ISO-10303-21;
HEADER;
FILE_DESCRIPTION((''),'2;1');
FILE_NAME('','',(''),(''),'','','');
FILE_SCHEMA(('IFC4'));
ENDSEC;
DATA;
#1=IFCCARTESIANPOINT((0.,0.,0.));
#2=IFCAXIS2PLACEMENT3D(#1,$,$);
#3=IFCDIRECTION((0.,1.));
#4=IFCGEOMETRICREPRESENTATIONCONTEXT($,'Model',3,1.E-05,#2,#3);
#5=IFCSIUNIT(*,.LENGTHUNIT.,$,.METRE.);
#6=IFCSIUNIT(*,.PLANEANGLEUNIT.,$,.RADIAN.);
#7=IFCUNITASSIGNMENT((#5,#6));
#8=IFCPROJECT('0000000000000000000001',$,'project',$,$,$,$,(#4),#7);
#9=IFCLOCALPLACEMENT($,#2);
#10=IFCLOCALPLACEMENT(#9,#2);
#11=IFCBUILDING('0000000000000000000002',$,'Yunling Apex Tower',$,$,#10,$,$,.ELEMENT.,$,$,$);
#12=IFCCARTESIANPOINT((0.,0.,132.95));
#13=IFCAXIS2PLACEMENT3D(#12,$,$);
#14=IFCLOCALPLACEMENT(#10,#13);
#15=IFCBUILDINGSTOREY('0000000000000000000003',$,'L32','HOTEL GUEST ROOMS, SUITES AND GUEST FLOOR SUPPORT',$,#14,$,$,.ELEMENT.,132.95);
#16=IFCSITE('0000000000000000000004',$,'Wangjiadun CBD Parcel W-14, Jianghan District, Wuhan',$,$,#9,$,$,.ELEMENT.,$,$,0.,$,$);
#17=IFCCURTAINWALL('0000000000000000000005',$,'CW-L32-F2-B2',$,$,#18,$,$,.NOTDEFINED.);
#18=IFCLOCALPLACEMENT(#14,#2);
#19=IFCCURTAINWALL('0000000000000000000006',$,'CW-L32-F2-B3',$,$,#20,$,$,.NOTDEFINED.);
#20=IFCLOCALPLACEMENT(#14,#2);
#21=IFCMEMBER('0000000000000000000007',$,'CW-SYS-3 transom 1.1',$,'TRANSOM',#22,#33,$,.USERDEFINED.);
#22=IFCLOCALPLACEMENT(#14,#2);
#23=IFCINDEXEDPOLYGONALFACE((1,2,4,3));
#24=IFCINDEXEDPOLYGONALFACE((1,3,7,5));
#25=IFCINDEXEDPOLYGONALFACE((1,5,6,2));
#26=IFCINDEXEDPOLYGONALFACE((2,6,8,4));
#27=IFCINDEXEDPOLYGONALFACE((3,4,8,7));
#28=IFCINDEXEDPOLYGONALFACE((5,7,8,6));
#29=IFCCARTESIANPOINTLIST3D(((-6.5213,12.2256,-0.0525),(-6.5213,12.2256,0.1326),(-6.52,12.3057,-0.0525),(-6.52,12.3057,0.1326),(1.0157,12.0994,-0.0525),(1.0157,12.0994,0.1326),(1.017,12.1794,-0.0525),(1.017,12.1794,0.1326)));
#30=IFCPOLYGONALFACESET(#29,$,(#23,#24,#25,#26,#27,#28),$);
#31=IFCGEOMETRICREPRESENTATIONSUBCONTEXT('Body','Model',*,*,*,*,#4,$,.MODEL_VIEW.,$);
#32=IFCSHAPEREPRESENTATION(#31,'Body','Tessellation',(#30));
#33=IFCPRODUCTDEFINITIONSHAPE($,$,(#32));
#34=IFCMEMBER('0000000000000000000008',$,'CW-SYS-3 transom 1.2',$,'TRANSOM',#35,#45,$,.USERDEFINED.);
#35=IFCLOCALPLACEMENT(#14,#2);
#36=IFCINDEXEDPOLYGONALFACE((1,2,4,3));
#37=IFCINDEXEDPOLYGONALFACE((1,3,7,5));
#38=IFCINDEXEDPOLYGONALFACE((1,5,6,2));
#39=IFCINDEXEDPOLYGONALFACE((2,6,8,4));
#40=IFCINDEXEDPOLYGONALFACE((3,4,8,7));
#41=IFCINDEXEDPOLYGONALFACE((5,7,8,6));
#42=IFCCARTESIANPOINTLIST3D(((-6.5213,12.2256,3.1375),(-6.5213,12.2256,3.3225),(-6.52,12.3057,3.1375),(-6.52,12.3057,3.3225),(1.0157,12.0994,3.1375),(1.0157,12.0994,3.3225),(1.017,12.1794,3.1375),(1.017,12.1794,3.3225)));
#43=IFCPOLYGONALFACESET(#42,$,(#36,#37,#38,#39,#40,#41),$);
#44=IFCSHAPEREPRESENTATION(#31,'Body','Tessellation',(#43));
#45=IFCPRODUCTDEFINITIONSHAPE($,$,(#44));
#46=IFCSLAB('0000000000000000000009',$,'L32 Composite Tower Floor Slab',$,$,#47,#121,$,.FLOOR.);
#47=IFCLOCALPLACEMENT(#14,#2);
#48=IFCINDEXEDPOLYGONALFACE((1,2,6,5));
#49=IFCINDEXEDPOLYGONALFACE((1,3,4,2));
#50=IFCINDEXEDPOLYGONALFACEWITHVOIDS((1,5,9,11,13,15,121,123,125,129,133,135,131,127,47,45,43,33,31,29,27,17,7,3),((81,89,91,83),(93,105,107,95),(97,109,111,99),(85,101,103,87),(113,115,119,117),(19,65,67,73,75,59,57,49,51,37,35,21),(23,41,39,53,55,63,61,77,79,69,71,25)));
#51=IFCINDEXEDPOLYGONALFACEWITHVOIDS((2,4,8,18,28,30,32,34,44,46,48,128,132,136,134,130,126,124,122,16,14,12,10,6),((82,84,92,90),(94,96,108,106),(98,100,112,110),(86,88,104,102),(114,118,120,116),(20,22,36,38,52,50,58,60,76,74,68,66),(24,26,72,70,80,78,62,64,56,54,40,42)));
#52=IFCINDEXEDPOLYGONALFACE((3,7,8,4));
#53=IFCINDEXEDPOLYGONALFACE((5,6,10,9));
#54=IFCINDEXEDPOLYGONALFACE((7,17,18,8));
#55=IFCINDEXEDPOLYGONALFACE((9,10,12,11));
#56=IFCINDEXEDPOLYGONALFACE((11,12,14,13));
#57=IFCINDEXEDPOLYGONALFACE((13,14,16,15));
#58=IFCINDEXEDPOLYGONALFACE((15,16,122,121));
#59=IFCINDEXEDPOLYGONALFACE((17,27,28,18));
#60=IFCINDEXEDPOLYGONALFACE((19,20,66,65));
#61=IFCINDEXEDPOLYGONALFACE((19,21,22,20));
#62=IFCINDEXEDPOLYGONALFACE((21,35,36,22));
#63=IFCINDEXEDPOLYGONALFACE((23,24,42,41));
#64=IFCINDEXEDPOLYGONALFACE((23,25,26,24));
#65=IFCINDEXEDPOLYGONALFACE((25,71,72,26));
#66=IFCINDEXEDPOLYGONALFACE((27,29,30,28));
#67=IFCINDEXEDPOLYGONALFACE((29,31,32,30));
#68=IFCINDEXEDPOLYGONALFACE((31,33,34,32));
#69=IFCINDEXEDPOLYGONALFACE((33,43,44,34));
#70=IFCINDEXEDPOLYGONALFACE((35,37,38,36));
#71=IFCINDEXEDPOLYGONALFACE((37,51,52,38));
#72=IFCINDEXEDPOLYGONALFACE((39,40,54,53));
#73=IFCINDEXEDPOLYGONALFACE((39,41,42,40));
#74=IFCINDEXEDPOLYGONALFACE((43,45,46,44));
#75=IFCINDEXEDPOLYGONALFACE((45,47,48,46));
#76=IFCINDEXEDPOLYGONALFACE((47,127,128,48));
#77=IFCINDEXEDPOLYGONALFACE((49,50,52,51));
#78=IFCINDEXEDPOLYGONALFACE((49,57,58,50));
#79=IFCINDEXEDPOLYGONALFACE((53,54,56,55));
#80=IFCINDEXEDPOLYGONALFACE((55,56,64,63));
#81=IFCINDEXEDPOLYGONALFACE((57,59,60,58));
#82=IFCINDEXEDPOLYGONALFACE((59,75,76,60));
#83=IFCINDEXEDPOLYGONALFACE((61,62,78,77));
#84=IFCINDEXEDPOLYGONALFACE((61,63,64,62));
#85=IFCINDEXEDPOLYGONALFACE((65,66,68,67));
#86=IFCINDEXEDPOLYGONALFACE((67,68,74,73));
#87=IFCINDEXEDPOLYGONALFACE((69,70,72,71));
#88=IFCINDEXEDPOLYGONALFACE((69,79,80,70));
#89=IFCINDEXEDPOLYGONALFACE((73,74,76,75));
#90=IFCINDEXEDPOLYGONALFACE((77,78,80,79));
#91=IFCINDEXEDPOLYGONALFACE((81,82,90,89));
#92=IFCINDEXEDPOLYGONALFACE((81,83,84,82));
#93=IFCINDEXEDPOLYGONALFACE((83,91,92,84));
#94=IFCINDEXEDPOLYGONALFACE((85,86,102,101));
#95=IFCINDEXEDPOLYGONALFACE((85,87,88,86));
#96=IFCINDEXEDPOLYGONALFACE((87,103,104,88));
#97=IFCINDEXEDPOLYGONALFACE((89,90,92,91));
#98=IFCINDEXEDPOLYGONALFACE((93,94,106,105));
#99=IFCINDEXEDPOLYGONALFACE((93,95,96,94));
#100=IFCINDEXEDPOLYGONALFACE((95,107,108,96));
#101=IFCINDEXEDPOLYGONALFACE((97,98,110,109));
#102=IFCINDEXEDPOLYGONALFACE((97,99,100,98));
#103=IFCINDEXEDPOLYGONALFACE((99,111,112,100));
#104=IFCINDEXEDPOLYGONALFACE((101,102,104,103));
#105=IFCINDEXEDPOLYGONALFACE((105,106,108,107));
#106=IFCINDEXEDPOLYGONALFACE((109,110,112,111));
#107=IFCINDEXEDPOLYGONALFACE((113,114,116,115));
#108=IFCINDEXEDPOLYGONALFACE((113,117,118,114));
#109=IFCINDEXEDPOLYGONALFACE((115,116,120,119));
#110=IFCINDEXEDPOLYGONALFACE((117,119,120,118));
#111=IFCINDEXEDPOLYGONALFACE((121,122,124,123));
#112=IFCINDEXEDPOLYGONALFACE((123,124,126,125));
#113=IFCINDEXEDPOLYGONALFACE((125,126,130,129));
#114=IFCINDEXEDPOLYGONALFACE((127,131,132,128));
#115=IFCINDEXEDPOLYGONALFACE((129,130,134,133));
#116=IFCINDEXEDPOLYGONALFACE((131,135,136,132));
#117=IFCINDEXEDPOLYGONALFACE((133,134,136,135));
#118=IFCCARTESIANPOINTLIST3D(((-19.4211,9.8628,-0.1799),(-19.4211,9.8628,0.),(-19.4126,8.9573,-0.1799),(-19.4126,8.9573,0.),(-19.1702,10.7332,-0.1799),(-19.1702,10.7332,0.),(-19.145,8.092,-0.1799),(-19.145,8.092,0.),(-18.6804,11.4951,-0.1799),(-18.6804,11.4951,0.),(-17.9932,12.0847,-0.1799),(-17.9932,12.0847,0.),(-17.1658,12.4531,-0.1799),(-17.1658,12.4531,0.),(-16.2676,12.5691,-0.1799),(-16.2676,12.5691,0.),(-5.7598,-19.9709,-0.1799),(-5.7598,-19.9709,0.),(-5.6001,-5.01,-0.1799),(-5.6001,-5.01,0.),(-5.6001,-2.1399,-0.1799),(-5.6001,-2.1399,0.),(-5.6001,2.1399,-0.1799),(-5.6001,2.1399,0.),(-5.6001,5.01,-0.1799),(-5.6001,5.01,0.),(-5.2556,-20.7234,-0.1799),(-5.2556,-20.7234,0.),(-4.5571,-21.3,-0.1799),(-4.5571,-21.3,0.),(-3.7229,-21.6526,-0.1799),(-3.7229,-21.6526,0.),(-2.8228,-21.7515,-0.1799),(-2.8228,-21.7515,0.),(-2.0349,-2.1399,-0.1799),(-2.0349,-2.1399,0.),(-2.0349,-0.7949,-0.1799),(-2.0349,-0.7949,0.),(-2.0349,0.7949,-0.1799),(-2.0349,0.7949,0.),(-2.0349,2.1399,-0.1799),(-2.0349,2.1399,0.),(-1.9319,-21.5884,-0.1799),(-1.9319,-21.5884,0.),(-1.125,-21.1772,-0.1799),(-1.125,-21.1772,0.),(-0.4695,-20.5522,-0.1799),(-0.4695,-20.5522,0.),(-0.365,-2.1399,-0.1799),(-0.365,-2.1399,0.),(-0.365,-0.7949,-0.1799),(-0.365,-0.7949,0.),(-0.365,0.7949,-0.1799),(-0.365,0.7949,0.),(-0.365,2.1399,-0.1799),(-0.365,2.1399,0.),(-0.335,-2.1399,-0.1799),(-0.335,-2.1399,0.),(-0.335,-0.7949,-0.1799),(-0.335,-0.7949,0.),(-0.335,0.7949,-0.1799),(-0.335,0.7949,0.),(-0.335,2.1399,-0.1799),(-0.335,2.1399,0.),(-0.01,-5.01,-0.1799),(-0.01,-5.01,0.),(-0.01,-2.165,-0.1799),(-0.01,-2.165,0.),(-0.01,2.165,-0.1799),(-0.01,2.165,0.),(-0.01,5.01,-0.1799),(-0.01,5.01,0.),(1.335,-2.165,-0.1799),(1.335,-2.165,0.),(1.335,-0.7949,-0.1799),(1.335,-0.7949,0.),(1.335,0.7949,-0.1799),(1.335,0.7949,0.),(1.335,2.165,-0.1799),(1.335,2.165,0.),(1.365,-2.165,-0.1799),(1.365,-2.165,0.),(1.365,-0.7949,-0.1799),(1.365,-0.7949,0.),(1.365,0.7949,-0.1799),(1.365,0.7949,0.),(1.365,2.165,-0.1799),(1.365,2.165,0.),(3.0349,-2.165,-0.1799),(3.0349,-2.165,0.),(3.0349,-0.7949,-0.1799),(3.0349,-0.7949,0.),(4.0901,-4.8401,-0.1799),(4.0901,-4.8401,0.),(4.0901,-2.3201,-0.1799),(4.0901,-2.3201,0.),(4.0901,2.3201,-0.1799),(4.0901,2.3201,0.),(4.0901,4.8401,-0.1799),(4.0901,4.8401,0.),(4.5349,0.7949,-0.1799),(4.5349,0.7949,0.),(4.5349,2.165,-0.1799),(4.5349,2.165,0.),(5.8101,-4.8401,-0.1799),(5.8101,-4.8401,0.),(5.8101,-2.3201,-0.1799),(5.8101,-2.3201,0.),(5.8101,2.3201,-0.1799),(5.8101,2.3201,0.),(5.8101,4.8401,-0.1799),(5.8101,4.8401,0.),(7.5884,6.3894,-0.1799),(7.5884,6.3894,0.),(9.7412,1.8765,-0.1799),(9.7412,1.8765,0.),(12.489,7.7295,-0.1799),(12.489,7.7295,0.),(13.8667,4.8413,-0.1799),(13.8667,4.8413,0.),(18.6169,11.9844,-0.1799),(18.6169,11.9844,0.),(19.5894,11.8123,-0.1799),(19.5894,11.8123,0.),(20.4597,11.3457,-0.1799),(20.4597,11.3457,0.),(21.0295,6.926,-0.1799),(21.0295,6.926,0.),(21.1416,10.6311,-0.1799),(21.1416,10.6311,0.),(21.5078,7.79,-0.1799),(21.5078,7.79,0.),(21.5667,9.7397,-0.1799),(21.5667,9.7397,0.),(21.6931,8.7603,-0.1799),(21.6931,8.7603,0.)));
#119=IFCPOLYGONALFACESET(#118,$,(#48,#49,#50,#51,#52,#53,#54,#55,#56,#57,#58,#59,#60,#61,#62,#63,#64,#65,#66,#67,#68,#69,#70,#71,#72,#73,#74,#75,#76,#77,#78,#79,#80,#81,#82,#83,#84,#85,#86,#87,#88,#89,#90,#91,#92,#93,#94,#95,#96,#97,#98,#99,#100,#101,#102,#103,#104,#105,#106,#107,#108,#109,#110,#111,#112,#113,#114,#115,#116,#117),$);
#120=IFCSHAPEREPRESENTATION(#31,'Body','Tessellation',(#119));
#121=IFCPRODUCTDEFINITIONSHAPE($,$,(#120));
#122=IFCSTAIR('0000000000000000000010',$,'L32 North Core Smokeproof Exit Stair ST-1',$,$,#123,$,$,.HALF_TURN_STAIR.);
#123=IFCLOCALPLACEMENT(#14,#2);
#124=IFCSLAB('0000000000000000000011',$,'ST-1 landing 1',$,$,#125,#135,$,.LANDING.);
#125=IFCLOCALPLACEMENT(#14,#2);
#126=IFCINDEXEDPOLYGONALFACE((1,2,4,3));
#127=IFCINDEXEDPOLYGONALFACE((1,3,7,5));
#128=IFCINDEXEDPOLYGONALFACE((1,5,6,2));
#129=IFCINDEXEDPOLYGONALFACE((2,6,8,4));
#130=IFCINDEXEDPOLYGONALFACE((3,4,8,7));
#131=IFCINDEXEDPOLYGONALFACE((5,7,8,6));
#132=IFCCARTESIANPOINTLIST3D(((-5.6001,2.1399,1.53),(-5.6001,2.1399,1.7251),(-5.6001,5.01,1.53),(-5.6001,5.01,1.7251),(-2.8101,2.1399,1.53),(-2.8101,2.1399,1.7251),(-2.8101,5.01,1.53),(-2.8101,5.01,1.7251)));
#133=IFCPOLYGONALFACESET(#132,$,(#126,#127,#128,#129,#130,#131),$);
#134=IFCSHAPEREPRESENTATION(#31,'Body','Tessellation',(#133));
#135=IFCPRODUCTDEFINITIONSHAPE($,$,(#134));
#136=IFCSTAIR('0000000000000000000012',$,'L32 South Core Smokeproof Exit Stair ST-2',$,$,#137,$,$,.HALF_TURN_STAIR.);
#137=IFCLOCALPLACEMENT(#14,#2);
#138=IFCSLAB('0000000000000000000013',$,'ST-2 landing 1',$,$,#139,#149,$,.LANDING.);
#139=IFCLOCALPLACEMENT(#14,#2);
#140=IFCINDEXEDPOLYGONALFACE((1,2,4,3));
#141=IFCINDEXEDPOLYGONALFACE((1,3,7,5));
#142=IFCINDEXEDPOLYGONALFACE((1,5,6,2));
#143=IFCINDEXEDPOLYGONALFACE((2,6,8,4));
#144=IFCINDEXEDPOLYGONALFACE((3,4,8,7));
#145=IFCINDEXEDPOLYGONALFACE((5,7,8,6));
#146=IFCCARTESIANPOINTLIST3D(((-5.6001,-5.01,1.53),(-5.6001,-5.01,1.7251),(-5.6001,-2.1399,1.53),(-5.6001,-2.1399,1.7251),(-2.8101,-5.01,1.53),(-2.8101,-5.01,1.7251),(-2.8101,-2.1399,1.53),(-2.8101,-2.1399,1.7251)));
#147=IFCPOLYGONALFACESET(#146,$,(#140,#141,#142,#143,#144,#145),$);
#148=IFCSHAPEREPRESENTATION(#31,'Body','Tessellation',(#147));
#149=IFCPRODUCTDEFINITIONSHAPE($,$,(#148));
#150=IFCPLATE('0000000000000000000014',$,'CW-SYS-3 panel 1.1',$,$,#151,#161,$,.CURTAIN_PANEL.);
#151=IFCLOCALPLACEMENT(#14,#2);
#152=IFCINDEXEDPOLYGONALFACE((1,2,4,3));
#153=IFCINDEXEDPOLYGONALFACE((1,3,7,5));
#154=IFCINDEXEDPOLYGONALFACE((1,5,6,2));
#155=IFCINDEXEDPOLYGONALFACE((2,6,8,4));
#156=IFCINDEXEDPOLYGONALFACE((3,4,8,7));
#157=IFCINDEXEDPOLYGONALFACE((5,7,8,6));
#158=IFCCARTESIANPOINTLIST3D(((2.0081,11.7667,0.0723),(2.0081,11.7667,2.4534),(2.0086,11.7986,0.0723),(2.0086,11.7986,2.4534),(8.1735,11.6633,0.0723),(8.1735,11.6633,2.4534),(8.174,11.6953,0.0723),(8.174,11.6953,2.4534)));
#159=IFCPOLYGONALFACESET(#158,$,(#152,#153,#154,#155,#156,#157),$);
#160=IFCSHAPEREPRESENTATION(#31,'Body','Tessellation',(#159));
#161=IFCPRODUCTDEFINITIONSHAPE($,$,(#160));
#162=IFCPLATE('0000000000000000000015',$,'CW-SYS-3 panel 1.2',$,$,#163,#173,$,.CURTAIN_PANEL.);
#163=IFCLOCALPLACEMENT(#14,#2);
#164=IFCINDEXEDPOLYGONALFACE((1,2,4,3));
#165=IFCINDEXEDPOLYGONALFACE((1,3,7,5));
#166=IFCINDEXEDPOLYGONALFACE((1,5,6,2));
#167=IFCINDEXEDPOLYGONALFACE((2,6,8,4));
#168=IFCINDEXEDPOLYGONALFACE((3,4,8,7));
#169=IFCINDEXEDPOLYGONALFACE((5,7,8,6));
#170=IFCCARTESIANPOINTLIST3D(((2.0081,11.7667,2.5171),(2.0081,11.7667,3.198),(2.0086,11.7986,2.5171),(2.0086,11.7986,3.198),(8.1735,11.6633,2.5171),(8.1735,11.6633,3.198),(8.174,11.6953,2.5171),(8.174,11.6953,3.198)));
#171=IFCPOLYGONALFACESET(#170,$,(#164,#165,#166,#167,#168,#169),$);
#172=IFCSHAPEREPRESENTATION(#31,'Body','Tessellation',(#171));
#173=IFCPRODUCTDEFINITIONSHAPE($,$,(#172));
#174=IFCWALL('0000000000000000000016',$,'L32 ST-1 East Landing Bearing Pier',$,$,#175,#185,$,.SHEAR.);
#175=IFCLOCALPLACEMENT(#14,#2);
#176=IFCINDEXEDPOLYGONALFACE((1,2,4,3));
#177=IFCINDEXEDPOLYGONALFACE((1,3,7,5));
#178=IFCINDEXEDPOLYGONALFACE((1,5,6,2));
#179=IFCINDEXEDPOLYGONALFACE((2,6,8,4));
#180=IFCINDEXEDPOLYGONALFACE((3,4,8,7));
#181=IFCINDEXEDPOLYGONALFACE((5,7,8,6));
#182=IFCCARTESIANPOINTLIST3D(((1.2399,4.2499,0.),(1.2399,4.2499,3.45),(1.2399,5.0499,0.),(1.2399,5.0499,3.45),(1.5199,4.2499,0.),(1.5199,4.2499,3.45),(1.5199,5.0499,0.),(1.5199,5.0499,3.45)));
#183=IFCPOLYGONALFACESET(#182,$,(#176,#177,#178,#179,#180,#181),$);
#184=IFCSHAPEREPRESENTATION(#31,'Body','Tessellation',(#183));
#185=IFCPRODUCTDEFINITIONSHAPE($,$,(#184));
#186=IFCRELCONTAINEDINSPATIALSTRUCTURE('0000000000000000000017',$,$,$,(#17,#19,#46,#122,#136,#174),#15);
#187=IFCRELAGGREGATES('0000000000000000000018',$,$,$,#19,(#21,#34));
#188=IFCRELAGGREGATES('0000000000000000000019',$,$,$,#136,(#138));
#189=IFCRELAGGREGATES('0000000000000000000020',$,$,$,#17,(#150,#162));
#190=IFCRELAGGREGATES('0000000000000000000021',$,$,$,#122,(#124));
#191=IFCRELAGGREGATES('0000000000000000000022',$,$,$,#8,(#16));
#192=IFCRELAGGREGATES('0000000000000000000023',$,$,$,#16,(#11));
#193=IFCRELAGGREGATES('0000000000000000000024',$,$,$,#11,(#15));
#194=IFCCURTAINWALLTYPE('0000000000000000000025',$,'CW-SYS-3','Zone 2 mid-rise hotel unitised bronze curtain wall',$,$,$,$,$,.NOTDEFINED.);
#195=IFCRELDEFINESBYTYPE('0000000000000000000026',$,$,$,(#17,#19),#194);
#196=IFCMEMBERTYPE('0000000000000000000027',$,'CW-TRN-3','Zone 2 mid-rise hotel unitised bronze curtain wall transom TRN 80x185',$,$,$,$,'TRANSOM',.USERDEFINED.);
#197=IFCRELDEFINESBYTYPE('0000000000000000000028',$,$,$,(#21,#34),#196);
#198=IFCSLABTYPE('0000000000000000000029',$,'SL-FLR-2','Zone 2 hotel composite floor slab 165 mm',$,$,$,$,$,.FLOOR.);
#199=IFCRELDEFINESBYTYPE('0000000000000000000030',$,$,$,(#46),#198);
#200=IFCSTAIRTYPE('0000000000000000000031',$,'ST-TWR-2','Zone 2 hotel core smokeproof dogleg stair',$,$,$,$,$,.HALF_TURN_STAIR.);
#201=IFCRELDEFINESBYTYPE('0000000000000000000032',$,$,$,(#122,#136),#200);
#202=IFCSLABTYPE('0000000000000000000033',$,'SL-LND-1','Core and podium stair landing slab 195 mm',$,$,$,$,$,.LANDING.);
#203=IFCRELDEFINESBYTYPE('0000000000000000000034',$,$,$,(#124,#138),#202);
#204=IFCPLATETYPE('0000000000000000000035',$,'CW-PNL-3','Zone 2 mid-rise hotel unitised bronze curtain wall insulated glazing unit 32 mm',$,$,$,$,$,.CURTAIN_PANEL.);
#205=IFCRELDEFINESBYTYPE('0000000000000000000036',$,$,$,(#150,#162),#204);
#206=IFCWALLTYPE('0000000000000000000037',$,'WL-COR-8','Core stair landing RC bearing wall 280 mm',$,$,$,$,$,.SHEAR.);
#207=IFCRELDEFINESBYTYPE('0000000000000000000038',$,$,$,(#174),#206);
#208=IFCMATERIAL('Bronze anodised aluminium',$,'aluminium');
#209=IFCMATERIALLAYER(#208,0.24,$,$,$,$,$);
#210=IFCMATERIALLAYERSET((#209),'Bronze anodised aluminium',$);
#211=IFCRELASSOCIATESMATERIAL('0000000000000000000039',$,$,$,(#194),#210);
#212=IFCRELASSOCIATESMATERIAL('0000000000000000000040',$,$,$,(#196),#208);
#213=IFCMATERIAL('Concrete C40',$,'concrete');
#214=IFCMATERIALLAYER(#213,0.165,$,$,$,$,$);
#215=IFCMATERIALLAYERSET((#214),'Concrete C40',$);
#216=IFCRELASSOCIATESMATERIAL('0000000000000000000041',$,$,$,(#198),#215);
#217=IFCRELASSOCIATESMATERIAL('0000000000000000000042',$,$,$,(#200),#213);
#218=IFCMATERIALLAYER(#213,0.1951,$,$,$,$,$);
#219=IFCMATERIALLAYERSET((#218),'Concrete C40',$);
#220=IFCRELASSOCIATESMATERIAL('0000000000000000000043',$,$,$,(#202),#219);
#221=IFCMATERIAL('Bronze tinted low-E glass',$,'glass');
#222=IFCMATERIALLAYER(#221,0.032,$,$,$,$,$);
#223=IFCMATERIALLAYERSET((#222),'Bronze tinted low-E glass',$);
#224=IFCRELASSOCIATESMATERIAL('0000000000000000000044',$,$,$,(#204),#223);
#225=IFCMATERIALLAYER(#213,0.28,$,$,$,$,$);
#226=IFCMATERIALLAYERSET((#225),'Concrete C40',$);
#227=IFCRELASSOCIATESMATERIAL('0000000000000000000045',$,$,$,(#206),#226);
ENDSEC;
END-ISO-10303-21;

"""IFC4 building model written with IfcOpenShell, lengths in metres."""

from ifc_helpers import new_model, si_unit, direction, frame, frame_2d, origin, origin_2d, place, context, subcontext, project, spatial, polyline, rectangle, outline, extrude, source, transform, mapped, material, layer, layer_set, material_profile, profile_set, type_object, element, aggregate, save


model = new_model("IFC4")

# Units and contexts
model_context = context("Model", 3, precision=1e-05, world=origin(), true_north=direction((0.0, 1.0)))
body_context = subcontext(model_context, "Body", "Model", "MODEL_VIEW")
ifc_project = project(units=[si_unit("LENGTHUNIT", "METRE"), si_unit("PLANEANGLEUNIT", "RADIAN")], contexts=[model_context])

# Site, building, storey
site_placement = place(None, origin())
site = spatial("IfcSite", under=ifc_project, at=site_placement, Name="Wangjiadun CBD Parcel W-14, Jianghan District, Wuhan", CompositionType="ELEMENT", RefElevation=0.0)
building_placement = place(site_placement, origin())
building = spatial("IfcBuilding", under=site, at=building_placement, Name="Yunling Apex Tower", CompositionType="ELEMENT")
storey_placement = place(building_placement, frame((0.0, 0.0, 132.95)))
storey = spatial("IfcBuildingStorey", under=building, at=storey_placement, Name="L32", Description="HOTEL GUEST ROOMS, SUITES AND GUEST FLOOR SUPPORT", CompositionType="ELEMENT", Elevation=132.95)

# Curtain wall
ifc_material_1 = material(Name="Bronze anodised aluminium", Category="aluminium")
ifc_layer_1 = layer(ifc_material_1, 0.24)
ifc_layer_set_1 = layer_set([ifc_layer_1], Name="Bronze anodised aluminium")
curtain_wall_type = type_object("IfcCurtainWallType", Name="CW-SYS-3", Description="Zone 2 mid-rise hotel unitised bronze curtain wall", PredefinedType="NOTDEFINED", material=ifc_layer_set_1)
curtain_wall_1_placement = place(storey_placement, origin())
curtain_wall_1 = element("IfcCurtainWall", 1, at=curtain_wall_1_placement, inside=storey, type_object=curtain_wall_type, Name="CW-L32-F2-B2", PredefinedType="NOTDEFINED")

# Curtain wall, members
curtain_wall_2_placement = place(storey_placement, origin())
curtain_wall_2 = element("IfcCurtainWall", 2, at=curtain_wall_2_placement, inside=storey, type_object=curtain_wall_type, Name="CW-L32-F2-B3", PredefinedType="NOTDEFINED")
ifc_material_profile_1 = material_profile(ifc_material_1, rectangle(XDim=0.0801, YDim=0.1851, at=origin_2d()))
ifc_profile_set_1 = profile_set([ifc_material_profile_1], Name="Bronze anodised aluminium")
member_type_1 = type_object("IfcMemberType", Name="CW-TRN-3", Description="Zone 2 mid-rise hotel unitised bronze curtain wall transom TRN 80x185", ElementType="TRANSOM", PredefinedType="USERDEFINED", material=ifc_profile_set_1)
shared_shape_1 = source(origin(), body_context, "Body", "SweptSolid", [
    extrude(rectangle(XDim=0.0801, YDim=0.1851, at=origin_2d()), origin(), (0.0, 0.0, 1.0), 7.5381),
])
member_1_placement = place(storey_placement, frame((1.0164, 12.1394, 0.04), z_axis=(-0.99986, 0.016744, 0.0), x_axis=(-0.016744, -0.99986, 0.0)))
member_1 = element("IfcMember", 3, at=member_1_placement, type_object=member_type_1, Name="CW-SYS-3 transom 1.1", ObjectType="TRANSOM", PredefinedType="USERDEFINED", context=body_context, shape_type="MappedRepresentation", body=[
    mapped(shared_shape_1, transform((0.0, 0.0, 0.0), scale=1.0)),
])
member_2_placement = place(storey_placement, frame((1.0164, 12.1394, 3.23), z_axis=(-0.99986, 0.016744, 0.0), x_axis=(-0.016744, -0.99986, 0.0)))
member_2 = element("IfcMember", 4, at=member_2_placement, type_object=member_type_1, Name="CW-SYS-3 transom 1.2", ObjectType="TRANSOM", PredefinedType="USERDEFINED", context=body_context, shape_type="MappedRepresentation", body=[
    mapped(shared_shape_1, transform((0.0, 0.0, 0.0), scale=1.0)),
])
aggregate(curtain_wall_2, [member_1, member_2])

# Slab
ifc_material_2 = material(Name="Concrete C40", Category="concrete")
ifc_layer_2 = layer(ifc_material_2, 0.165)
ifc_layer_set_2 = layer_set([ifc_layer_2], Name="Concrete C40")
slab_type_1 = type_object("IfcSlabType", Name="SL-FLR-2", Description="Zone 2 hotel composite floor slab 165 mm", PredefinedType="FLOOR", material=ifc_layer_set_2)
slab_1_placement = place(storey_placement, frame((0.0, 0.0, -0.1799)))
element("IfcSlab", 5, at=slab_1_placement, inside=storey, type_object=slab_type_1, Name="L32 Composite Tower Floor Slab", PredefinedType="FLOOR", context=body_context, shape_type="SweptSolid", body=[
    extrude(outline(polyline([(-5.7598, -19.9709), (-5.2556, -20.7234), (-4.5571, -21.3), (-3.7229, -21.6526), (-2.8228, -21.7515), (-1.9319, -21.5884), (-1.125, -21.1772), (-0.4695, -20.5522), (21.0295, 6.926), (21.5078, 7.79), (21.6931, 8.7603), (21.5667, 9.7397), (21.1416, 10.6311), (20.4597, 11.3457), (19.5894, 11.8123), (18.6169, 11.9844), (-16.2676, 12.5691), (-17.1658, 12.4531), (-17.9932, 12.0847), (-18.6804, 11.4951), (-19.1702, 10.7332), (-19.4211, 9.8628), (-19.4126, 8.9573), (-19.145, 8.092), (-5.7598, -19.9709)]), holes=[polyline([(12.489, 7.7295), (13.8667, 4.8413), (9.7412, 1.8765), (7.5884, 6.3894), (12.489, 7.7295)]), polyline([(4.0901, -2.3201), (5.8101, -2.3201), (5.8101, -4.8401), (4.0901, -4.8401), (4.0901, -2.3201)]), polyline([(5.8101, 4.8401), (5.8101, 2.3201), (4.0901, 2.3201), (4.0901, 4.8401), (5.8101, 4.8401)]), polyline([(1.365, 2.165), (4.5349, 2.165), (4.5349, 0.7949), (1.365, 0.7949), (1.365, 2.165)]), polyline([(3.0349, -0.7949), (3.0349, -2.165), (1.365, -2.165), (1.365, -0.7949), (3.0349, -0.7949)]), polyline([(-2.0349, -0.7949), (-0.365, -0.7949), (-0.365, -2.1399), (-0.335, -2.1399), (-0.335, -0.7949), (1.335, -0.7949), (1.335, -2.165), (-0.01, -2.165), (-0.01, -5.01), (-5.6001, -5.01), (-5.6001, -2.1399), (-2.0349, -2.1399), (-2.0349, -0.7949)]), polyline([(-5.6001, 2.1399), (-5.6001, 5.01), (-0.01, 5.01), (-0.01, 2.165), (1.335, 2.165), (1.335, 0.7949), (-0.335, 0.7949), (-0.335, 2.1399), (-0.365, 2.1399), (-0.365, 0.7949), (-2.0349, 0.7949), (-2.0349, 2.1399), (-5.6001, 2.1399)])]), origin(), (0.0, 0.0, 1.0), 0.1799),
])

# Stairs, slabs
stair_type = type_object("IfcStairType", Name="ST-TWR-2", Description="Zone 2 hotel core smokeproof dogleg stair", PredefinedType="HALF_TURN_STAIR", material=ifc_material_2)
stair_1_placement = place(storey_placement, origin())
stair_1 = element("IfcStair", 6, at=stair_1_placement, inside=storey, type_object=stair_type, Name="L32 North Core Smokeproof Exit Stair ST-1", PredefinedType="HALF_TURN_STAIR")
ifc_layer_3 = layer(ifc_material_2, 0.1951)
ifc_layer_set_3 = layer_set([ifc_layer_3], Name="Concrete C40")
slab_type_2 = type_object("IfcSlabType", Name="SL-LND-1", Description="Core and podium stair landing slab 195 mm", PredefinedType="LANDING", material=ifc_layer_set_3)
slab_2_placement = place(storey_placement, frame((0.0, 0.0, 1.53)))
slab_2 = element("IfcSlab", 7, at=slab_2_placement, type_object=slab_type_2, Name="ST-1 landing 1", PredefinedType="LANDING", context=body_context, shape_type="SweptSolid", body=[
    extrude(outline(polyline([(-2.8101, 5.01), (-5.6001, 5.01), (-5.6001, 2.1399), (-2.8101, 2.1399), (-2.8101, 5.01)])), origin(), (0.0, 0.0, 1.0), 0.1951),
])
stair_2_placement = place(storey_placement, origin())
stair_2 = element("IfcStair", 8, at=stair_2_placement, inside=storey, type_object=stair_type, Name="L32 South Core Smokeproof Exit Stair ST-2", PredefinedType="HALF_TURN_STAIR")
slab_3_placement = place(storey_placement, frame((0.0, 0.0, 1.53)))
slab_3 = element("IfcSlab", 9, at=slab_3_placement, type_object=slab_type_2, Name="ST-2 landing 1", PredefinedType="LANDING", context=body_context, shape_type="SweptSolid", body=[
    extrude(outline(polyline([(-2.8101, -2.1399), (-5.6001, -2.1399), (-5.6001, -5.01), (-2.8101, -5.01), (-2.8101, -2.1399)])), origin(), (0.0, 0.0, 1.0), 0.1951),
])
aggregate(stair_2, [slab_3])

# Plates
ifc_material_3 = material(Name="Bronze tinted low-E glass", Category="glass")
ifc_layer_4 = layer(ifc_material_3, 0.032)
ifc_layer_set_4 = layer_set([ifc_layer_4], Name="Bronze tinted low-E glass")
plate_type = type_object("IfcPlateType", Name="CW-PNL-3", Description="Zone 2 mid-rise hotel unitised bronze curtain wall insulated glazing unit 32 mm", PredefinedType="CURTAIN_PANEL", material=ifc_layer_set_4)
shared_shape_2 = source(origin(), body_context, "Body", "SweptSolid", [
    extrude(rectangle(XDim=6.1663, YDim=0.032, at=origin_2d()), origin(), (0.0, 0.0, 1.0), 2.3811),
])
plate_1_placement = place(storey_placement, frame((5.0911, 11.731, 0.0723), z_axis=(0.0, 0.0, 1.0), x_axis=(-0.999859, 0.016767, 0.0)))
plate_1 = element("IfcPlate", 10, at=plate_1_placement, type_object=plate_type, Name="CW-SYS-3 panel 1.1", PredefinedType="CURTAIN_PANEL", context=body_context, shape_type="MappedRepresentation", body=[
    mapped(shared_shape_2, transform((0.0, 0.0, 0.0), scale=1.0)),
])
shared_shape_3 = source(origin(), body_context, "Body", "SweptSolid", [
    extrude(rectangle(XDim=6.1663, YDim=0.032, at=origin_2d()), origin(), (0.0, 0.0, 1.0), 0.6809),
])
plate_2_placement = place(storey_placement, frame((5.0911, 11.731, 2.5171), z_axis=(0.0, 0.0, 1.0), x_axis=(-0.999859, 0.016767, 0.0)))
plate_2 = element("IfcPlate", 11, at=plate_2_placement, type_object=plate_type, Name="CW-SYS-3 panel 1.2", PredefinedType="CURTAIN_PANEL", context=body_context, shape_type="MappedRepresentation", body=[
    mapped(shared_shape_3, transform((0.0, 0.0, 0.0), scale=1.0)),
])
aggregate(curtain_wall_1, [plate_1, plate_2])

# Wall
ifc_layer_5 = layer(ifc_material_2, 0.28)
ifc_layer_set_5 = layer_set([ifc_layer_5], Name="Concrete C40")
wall_type_1 = type_object("IfcWallType", Name="WL-COR-8", Description="Core stair landing RC bearing wall 280 mm", PredefinedType="SHEAR", material=ifc_layer_set_5)
wall_1_placement = place(storey_placement, frame((1.3799, 4.25, 0.0), z_axis=(0.0, 0.0, 1.0), x_axis=(0.0, 1.0, 0.0)))
element("IfcWall", 12, at=wall_1_placement, inside=storey, type_object=wall_type_1, Name="L32 ST-1 East Landing Bearing Pier", PredefinedType="SHEAR", context=body_context, shape_type="SweptSolid", body=[
    extrude(rectangle(XDim=0.8, YDim=0.28, at=frame_2d((0.3999, 0.0))), origin(), (0.0, 0.0, 1.0), 3.45),
])

aggregate(stair_1, [slab_2])

save(model, "model.ifc")
